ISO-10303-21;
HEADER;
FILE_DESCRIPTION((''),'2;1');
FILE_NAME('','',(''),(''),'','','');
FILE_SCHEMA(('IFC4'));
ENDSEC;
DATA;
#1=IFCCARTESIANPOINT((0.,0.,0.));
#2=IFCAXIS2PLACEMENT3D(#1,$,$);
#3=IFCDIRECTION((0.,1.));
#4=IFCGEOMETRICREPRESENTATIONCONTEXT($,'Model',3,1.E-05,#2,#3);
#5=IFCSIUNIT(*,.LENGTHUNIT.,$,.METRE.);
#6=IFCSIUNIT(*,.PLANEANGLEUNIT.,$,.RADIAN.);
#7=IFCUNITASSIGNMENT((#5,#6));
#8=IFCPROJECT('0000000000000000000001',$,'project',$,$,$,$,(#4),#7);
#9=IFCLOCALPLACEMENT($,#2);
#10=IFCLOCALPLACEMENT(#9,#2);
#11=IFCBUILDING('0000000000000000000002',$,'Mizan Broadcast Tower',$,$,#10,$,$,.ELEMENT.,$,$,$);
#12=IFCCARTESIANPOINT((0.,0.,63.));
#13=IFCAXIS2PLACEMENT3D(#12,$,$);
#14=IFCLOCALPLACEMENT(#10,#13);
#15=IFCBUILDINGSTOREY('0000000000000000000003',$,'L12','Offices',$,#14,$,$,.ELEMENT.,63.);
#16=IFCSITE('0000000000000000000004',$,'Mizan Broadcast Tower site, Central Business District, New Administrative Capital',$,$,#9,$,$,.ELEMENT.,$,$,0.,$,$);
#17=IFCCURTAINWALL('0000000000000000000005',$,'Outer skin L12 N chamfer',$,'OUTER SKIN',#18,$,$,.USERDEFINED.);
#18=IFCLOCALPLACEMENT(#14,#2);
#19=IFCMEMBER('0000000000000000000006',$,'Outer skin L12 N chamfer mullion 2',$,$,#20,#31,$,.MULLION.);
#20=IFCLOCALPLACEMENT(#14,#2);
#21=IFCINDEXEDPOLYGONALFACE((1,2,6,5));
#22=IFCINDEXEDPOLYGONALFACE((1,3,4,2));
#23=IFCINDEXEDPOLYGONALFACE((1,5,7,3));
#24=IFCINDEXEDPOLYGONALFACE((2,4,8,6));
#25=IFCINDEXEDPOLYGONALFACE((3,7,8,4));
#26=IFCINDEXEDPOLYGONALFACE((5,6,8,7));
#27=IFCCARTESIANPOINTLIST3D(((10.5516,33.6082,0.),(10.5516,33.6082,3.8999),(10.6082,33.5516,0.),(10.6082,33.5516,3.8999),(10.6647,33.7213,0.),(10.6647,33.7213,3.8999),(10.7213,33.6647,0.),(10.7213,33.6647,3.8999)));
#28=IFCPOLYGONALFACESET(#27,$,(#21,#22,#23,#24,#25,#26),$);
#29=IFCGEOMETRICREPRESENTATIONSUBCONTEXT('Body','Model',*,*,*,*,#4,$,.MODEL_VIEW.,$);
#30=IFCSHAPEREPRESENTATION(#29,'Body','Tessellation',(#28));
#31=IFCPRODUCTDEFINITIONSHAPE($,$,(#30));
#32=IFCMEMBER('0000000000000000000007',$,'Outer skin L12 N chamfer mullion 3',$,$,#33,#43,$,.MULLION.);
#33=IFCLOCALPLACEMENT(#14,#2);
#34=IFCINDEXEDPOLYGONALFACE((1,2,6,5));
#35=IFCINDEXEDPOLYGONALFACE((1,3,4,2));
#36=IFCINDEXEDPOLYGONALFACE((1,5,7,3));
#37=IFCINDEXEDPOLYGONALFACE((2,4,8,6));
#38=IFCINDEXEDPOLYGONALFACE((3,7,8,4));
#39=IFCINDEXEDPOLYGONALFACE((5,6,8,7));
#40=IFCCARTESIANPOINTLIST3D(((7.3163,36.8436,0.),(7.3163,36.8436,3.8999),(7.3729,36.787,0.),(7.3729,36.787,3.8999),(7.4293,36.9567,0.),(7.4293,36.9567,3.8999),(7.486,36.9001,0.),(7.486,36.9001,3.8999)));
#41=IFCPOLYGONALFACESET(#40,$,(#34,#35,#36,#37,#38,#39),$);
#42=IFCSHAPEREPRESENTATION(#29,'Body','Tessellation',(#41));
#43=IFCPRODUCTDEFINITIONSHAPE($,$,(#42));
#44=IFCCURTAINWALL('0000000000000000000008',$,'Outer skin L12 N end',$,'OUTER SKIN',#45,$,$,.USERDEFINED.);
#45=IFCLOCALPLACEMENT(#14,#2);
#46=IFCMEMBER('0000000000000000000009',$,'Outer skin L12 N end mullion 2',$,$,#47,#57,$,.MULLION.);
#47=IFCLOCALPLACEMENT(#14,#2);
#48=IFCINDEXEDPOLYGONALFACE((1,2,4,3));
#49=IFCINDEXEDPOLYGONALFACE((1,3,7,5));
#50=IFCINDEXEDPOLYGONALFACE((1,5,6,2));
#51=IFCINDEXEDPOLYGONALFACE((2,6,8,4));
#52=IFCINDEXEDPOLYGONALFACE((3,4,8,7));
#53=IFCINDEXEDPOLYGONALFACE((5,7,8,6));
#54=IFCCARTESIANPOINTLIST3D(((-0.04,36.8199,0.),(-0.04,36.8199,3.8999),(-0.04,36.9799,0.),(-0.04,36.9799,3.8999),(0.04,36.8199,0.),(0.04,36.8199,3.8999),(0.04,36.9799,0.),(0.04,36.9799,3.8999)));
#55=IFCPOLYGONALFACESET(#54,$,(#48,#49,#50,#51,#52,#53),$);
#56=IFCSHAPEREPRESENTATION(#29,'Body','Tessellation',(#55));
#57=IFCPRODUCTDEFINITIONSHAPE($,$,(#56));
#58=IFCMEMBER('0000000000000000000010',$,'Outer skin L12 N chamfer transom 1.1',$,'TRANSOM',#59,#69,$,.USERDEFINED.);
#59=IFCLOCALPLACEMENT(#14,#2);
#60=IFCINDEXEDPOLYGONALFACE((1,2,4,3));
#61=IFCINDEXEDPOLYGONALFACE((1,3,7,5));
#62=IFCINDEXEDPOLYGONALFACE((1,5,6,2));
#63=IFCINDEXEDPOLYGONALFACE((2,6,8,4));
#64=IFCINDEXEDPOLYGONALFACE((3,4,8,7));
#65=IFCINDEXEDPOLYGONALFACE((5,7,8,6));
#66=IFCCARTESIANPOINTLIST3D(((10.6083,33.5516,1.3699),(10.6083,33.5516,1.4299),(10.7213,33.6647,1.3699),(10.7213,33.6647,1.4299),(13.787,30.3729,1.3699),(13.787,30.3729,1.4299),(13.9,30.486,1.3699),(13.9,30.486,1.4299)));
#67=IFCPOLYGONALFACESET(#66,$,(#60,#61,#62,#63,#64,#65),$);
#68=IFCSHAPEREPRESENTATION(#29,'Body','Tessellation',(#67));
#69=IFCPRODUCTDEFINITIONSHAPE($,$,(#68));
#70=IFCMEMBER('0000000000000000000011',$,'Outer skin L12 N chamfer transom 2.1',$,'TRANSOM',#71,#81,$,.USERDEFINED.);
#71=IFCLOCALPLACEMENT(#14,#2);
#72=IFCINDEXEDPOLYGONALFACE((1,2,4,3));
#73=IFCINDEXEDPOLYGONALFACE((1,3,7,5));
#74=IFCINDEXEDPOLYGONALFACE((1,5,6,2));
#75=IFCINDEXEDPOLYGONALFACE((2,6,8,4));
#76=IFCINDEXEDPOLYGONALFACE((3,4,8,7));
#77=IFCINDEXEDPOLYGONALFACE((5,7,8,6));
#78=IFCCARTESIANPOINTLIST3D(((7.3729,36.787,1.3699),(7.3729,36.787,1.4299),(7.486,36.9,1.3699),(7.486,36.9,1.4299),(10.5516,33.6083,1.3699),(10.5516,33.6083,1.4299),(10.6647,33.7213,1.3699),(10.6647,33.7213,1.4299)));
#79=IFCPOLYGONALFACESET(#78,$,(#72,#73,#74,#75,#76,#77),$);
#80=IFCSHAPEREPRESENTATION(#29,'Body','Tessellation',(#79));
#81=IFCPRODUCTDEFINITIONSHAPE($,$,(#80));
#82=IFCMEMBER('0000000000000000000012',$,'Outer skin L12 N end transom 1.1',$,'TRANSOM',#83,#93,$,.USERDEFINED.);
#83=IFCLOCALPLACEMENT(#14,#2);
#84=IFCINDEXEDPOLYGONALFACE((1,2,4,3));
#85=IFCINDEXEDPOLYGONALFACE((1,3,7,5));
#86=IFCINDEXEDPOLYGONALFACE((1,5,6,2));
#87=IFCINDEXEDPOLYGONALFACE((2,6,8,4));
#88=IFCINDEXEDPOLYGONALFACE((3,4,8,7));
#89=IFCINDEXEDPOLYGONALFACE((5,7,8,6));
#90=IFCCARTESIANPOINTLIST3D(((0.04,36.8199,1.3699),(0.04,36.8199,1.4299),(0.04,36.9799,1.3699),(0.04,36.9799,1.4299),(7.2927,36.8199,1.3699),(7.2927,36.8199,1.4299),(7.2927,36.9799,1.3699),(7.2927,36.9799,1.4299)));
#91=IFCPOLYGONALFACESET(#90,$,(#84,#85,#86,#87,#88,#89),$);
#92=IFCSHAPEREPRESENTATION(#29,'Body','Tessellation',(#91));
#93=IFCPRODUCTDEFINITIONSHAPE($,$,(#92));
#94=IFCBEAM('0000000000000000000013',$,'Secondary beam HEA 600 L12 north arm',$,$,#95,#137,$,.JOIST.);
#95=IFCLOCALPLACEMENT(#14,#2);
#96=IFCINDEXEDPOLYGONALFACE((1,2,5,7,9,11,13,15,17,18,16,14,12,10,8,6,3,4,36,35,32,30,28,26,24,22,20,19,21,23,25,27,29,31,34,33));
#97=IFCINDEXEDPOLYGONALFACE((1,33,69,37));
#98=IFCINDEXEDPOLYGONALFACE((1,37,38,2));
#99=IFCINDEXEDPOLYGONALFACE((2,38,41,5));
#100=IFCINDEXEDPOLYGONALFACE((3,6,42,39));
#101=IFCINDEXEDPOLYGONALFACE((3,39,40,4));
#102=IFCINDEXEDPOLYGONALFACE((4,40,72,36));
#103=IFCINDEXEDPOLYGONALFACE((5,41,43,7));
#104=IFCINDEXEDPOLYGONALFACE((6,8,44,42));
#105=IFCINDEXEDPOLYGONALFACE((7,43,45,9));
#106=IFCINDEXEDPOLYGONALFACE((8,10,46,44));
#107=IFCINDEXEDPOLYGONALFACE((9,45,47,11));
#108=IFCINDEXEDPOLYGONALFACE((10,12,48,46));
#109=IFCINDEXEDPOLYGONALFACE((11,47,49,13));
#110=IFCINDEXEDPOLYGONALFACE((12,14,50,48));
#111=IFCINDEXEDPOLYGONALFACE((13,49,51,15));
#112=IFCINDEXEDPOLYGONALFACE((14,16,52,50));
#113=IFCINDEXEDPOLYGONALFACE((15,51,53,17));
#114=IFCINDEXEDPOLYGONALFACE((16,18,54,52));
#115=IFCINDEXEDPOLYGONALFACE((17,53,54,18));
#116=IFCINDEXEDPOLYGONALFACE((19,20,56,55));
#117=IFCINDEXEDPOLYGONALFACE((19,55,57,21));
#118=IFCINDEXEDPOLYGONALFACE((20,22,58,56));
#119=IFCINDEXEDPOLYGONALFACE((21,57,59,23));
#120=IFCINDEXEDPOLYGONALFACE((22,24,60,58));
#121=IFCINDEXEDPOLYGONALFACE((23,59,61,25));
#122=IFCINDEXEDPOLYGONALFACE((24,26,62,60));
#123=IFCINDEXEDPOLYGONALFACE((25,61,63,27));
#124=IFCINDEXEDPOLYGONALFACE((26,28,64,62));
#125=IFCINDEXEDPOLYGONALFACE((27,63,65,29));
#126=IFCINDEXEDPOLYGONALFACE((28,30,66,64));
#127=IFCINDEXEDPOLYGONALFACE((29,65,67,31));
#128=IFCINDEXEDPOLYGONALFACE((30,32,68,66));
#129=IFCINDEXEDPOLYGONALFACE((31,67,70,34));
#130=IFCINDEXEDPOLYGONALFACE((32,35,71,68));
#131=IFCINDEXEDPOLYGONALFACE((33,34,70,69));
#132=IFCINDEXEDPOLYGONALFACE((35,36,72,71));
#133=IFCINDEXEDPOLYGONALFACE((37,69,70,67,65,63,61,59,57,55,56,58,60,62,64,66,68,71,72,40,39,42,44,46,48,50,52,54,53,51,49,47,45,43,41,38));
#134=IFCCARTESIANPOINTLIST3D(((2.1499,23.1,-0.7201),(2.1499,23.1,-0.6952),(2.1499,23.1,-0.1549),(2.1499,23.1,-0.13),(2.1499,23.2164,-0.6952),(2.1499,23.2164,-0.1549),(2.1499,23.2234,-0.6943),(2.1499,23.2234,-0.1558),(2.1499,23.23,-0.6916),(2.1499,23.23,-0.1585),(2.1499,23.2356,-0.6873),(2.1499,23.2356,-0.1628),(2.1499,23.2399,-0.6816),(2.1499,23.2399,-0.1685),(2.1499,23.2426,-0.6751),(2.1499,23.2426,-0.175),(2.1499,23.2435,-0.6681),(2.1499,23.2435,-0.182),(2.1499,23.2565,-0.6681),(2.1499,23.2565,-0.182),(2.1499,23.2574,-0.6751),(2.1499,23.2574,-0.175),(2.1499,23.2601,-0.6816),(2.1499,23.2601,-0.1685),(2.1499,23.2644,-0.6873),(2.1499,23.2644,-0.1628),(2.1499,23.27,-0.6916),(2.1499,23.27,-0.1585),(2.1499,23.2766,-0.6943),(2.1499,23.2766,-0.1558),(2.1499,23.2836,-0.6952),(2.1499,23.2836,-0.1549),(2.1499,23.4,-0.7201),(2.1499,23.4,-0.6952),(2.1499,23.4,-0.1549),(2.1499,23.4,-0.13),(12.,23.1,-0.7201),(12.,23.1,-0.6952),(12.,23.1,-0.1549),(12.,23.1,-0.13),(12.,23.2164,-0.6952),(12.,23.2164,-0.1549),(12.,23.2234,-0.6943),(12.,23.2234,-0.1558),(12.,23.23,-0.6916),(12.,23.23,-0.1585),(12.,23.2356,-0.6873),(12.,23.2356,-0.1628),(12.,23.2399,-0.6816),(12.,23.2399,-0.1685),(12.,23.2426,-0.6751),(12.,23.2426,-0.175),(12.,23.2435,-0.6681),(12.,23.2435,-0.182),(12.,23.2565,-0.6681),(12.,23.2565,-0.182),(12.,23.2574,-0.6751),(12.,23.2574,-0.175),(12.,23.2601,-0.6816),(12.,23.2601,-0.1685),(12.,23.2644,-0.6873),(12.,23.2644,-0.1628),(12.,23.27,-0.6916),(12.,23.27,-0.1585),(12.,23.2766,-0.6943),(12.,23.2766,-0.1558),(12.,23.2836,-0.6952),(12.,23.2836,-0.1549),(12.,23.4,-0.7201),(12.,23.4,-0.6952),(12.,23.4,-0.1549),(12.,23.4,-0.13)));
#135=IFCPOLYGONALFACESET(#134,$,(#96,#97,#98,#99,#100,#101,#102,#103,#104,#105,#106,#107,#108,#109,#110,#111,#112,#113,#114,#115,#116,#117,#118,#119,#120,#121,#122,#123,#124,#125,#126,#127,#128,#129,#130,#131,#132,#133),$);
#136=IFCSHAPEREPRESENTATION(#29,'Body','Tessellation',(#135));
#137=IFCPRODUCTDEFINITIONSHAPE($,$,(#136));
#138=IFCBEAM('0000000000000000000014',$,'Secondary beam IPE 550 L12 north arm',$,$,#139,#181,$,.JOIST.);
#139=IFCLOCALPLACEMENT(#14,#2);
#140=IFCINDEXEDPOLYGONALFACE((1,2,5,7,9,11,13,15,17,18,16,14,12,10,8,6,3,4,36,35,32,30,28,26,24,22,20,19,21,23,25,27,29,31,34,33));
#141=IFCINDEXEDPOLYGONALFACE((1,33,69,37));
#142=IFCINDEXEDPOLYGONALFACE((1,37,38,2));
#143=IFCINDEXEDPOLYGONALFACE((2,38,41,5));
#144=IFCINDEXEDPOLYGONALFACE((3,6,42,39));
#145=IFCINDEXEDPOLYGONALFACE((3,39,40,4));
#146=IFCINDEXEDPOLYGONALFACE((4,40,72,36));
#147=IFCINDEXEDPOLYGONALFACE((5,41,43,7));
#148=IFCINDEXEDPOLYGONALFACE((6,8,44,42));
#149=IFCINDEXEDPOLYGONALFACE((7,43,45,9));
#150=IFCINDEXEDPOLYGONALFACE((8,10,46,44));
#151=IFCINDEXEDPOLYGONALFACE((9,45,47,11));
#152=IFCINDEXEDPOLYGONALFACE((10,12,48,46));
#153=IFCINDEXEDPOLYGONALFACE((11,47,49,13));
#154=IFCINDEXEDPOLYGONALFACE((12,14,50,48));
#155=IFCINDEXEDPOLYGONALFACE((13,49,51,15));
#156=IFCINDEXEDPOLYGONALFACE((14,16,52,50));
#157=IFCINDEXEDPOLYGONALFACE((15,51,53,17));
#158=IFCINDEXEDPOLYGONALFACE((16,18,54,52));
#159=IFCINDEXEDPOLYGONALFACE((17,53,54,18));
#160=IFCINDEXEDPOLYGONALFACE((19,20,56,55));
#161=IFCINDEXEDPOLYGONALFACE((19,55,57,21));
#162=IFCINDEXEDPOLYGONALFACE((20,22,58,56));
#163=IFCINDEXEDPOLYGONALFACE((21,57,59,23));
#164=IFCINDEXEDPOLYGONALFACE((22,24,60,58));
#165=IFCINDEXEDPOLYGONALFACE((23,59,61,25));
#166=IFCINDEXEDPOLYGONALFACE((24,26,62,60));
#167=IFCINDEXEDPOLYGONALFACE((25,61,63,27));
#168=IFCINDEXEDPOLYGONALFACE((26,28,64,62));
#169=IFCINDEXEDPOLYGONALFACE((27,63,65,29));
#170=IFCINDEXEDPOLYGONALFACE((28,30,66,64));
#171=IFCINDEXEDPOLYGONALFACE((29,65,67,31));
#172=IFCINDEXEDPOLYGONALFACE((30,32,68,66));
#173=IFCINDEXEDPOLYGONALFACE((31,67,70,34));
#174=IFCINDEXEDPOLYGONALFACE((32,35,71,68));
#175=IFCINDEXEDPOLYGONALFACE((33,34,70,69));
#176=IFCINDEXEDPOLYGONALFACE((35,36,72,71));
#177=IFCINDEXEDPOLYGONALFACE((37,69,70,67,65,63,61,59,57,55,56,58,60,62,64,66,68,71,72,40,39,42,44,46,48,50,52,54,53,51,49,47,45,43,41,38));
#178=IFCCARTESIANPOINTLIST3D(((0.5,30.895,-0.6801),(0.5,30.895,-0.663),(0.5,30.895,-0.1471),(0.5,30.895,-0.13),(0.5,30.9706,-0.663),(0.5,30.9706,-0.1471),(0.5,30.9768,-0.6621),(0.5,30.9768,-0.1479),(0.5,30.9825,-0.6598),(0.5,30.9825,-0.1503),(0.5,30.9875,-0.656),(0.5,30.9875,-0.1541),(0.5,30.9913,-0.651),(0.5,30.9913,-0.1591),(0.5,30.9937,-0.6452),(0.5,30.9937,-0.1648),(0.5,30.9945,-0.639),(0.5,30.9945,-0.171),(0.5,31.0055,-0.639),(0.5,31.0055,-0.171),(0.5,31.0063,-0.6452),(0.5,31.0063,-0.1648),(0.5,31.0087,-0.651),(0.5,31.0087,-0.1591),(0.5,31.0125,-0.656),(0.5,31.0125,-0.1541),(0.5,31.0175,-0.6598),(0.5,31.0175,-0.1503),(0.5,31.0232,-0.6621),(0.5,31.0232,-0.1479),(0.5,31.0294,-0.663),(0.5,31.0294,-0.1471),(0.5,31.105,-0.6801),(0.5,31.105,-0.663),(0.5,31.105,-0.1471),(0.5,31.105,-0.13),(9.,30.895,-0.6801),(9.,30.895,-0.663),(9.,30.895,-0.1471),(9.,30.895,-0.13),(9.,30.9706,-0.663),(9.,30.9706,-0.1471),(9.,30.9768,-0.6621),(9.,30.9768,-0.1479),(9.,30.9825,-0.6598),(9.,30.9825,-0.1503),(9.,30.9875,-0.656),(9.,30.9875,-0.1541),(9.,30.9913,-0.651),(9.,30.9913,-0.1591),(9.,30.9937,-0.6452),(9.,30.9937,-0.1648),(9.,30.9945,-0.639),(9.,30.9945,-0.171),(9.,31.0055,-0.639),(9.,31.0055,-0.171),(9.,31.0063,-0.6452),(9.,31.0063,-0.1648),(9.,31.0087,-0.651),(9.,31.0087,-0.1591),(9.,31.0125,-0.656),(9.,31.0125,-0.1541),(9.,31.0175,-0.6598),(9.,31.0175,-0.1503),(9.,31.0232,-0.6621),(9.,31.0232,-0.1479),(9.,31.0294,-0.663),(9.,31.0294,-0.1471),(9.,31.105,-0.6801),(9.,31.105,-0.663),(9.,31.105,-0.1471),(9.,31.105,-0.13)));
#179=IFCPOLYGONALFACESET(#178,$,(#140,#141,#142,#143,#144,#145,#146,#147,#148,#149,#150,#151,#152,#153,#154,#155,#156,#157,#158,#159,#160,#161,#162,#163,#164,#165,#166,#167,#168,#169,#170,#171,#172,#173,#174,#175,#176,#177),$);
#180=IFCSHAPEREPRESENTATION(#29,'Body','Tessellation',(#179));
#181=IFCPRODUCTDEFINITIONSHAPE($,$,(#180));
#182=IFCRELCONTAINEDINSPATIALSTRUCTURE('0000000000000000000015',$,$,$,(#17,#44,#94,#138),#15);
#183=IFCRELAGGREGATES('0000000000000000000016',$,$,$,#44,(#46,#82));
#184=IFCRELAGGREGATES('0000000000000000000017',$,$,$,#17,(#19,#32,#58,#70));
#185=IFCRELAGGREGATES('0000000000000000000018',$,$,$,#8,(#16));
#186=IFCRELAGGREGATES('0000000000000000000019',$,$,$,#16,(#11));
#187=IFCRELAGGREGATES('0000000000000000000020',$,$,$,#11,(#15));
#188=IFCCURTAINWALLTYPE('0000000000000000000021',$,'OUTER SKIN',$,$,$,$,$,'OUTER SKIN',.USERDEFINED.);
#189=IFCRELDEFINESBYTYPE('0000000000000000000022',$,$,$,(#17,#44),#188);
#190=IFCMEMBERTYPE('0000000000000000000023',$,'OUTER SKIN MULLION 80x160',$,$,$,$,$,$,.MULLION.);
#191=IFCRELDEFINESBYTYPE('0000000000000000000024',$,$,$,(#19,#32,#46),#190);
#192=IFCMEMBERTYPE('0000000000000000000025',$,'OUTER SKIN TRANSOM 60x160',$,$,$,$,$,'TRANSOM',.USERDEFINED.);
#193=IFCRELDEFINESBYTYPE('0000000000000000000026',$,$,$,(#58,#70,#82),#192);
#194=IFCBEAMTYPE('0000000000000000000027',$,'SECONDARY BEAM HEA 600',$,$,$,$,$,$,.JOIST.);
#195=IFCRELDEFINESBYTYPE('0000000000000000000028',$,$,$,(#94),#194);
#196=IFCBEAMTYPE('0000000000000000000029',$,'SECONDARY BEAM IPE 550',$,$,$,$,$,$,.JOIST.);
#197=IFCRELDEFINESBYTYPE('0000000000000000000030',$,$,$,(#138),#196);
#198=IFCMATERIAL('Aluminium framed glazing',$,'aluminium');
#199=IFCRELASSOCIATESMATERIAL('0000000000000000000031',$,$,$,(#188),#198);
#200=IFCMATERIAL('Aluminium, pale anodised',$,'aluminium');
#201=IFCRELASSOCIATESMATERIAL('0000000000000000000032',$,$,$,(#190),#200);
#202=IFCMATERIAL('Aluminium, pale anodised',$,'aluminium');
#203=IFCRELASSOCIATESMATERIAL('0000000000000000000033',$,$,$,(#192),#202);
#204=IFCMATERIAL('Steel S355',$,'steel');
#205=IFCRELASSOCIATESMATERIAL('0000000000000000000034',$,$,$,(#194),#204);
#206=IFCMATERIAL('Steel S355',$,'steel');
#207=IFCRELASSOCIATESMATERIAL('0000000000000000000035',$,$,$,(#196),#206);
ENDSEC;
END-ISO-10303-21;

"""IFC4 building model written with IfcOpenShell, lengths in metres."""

from ifc_helpers import new_model, si_unit, direction, frame, origin, origin_2d, place, context, subcontext, project, spatial, rectangle, i_section, extrude, material, material_profile, profile_set, type_object, element, aggregate, save


model = new_model("IFC4")

# Units and contexts
model_context = context("Model", 3, precision=1e-05, world=origin(), true_north=direction((0.0, 1.0)))
body_context = subcontext(model_context, "Body", "Model", "MODEL_VIEW")
ifc_project = project(units=[si_unit("LENGTHUNIT", "METRE"), si_unit("PLANEANGLEUNIT", "RADIAN")], contexts=[model_context])

# Site, building, storey
site_placement = place(None, origin())
site = spatial("IfcSite", under=ifc_project, at=site_placement, Name="Mizan Broadcast Tower site, Central Business District, New Administrative Capital", CompositionType="ELEMENT", RefElevation=0.0)
building_placement = place(site_placement, origin())
building = spatial("IfcBuilding", under=site, at=building_placement, Name="Mizan Broadcast Tower", CompositionType="ELEMENT")
storey_placement = place(building_placement, frame((0.0, 0.0, 63.0)))
storey = spatial("IfcBuildingStorey", under=building, at=storey_placement, Name="L12", Description="Offices", CompositionType="ELEMENT", Elevation=63.0)

# Curtain wall, members
ifc_material_1 = material(Name="Aluminium framed glazing", Category="aluminium")
curtain_wall_type_1 = type_object("IfcCurtainWallType", Name="OUTER SKIN", ElementType="OUTER SKIN", PredefinedType="USERDEFINED", material=ifc_material_1)
curtain_wall_1_placement = place(storey_placement, origin())
curtain_wall_1 = element("IfcCurtainWall", 1, at=curtain_wall_1_placement, inside=storey, type_object=curtain_wall_type_1, Name="Outer skin L12 N chamfer", ObjectType="OUTER SKIN", PredefinedType="USERDEFINED")
ifc_material_2 = material(Name="Aluminium, pale anodised", Category="aluminium")
ifc_material_profile_1 = material_profile(ifc_material_2, rectangle(XDim=0.1599, YDim=0.0801, at=origin_2d()), Name="MULLION 160x80")
ifc_profile_set_1 = profile_set([ifc_material_profile_1], Name="Aluminium, pale anodised")
member_type_1 = type_object("IfcMemberType", Name="OUTER SKIN MULLION 80x160", PredefinedType="MULLION", material=ifc_profile_set_1)
member_1_placement = place(storey_placement, frame((10.6365, 33.6365, 0.0), z_axis=(0.0, 0.0, 1.0), x_axis=(-0.707107, -0.707107, 0.0)))
member_1 = element("IfcMember", 2, at=member_1_placement, type_object=member_type_1, Name="Outer skin L12 N chamfer mullion 2", PredefinedType="MULLION", context=body_context, shape_type="SweptSolid", body=[
    extrude(rectangle(XDim=0.1599, YDim=0.0801, at=origin_2d()), origin(), (0.0, 0.0, 1.0), 3.8999),
])
member_2_placement = place(storey_placement, frame((7.4011, 36.8718, 0.0), z_axis=(0.0, 0.0, 1.0), x_axis=(-0.707107, -0.707107, 0.0)))
member_2 = element("IfcMember", 3, at=member_2_placement, type_object=member_type_1, Name="Outer skin L12 N chamfer mullion 3", PredefinedType="MULLION", context=body_context, shape_type="SweptSolid", body=[
    extrude(rectangle(XDim=0.1599, YDim=0.0801, at=origin_2d()), origin(), (0.0, 0.0, 1.0), 3.8999),
])

# Curtain wall, member
curtain_wall_2_placement = place(storey_placement, origin())
curtain_wall_2 = element("IfcCurtainWall", 4, at=curtain_wall_2_placement, inside=storey, type_object=curtain_wall_type_1, Name="Outer skin L12 N end", ObjectType="OUTER SKIN", PredefinedType="USERDEFINED")
member_3_placement = place(storey_placement, frame((0.0, 36.8999, 0.0), z_axis=(0.0, 0.0, 1.0), x_axis=(0.0, -1.0, 0.0)))
member_3 = element("IfcMember", 5, at=member_3_placement, type_object=member_type_1, Name="Outer skin L12 N end mullion 2", PredefinedType="MULLION", context=body_context, shape_type="SweptSolid", body=[
    extrude(rectangle(XDim=0.1599, YDim=0.0801, at=origin_2d()), origin(), (0.0, 0.0, 1.0), 3.8999),
])

# Members
ifc_material_3 = material(Name="Aluminium, pale anodised", Category="aluminium")
ifc_material_profile_2 = material_profile(ifc_material_3, rectangle(XDim=0.1599, YDim=0.0601, at=origin_2d()), Name="TRANSOM 160x60")
ifc_profile_set_2 = profile_set([ifc_material_profile_2], Name="Aluminium, pale anodised")
member_type_2 = type_object("IfcMemberType", Name="OUTER SKIN TRANSOM 60x160", ElementType="TRANSOM", PredefinedType="USERDEFINED", material=ifc_profile_set_2)
member_4_placement = place(storey_placement, frame((13.8435, 30.4294, 1.3999), z_axis=(-0.707107, 0.707107, 0.0), x_axis=(-0.707107, -0.707107, 0.0)))
member_4 = element("IfcMember", 6, at=member_4_placement, type_object=member_type_2, Name="Outer skin L12 N chamfer transom 1.1", ObjectType="TRANSOM", PredefinedType="USERDEFINED", context=body_context, shape_type="SweptSolid", body=[
    extrude(rectangle(XDim=0.1599, YDim=0.0601, at=origin_2d()), origin(), (0.0, 0.0, 1.0), 4.4954),
])
member_5_placement = place(storey_placement, frame((10.6082, 33.6648, 1.3999), z_axis=(-0.707107, 0.707107, 0.0), x_axis=(-0.707107, -0.707107, 0.0)))
member_5 = element("IfcMember", 7, at=member_5_placement, type_object=member_type_2, Name="Outer skin L12 N chamfer transom 2.1", ObjectType="TRANSOM", PredefinedType="USERDEFINED", context=body_context, shape_type="SweptSolid", body=[
    extrude(rectangle(XDim=0.1599, YDim=0.0601, at=origin_2d()), origin(), (0.0, 0.0, 1.0), 4.4954),
])
member_6_placement = place(storey_placement, frame((7.2927, 36.8999, 1.3999), z_axis=(-1.0, 0.0, 0.0), x_axis=(0.0, -1.0, 0.0)))
member_6 = element("IfcMember", 8, at=member_6_placement, type_object=member_type_2, Name="Outer skin L12 N end transom 1.1", ObjectType="TRANSOM", PredefinedType="USERDEFINED", context=body_context, shape_type="SweptSolid", body=[
    extrude(rectangle(XDim=0.1599, YDim=0.0601, at=origin_2d()), origin(), (0.0, 0.0, 1.0), 7.2527),
])

# Beams
ifc_material_4 = material(Name="Steel S355", Category="steel")
ifc_material_profile_3 = material_profile(ifc_material_4, i_section(OverallWidth=0.3, OverallDepth=0.5901, WebThickness=0.0129, FlangeThickness=0.0249, FilletRadius=0.0271, at=origin_2d()), Name="HEA 600")
ifc_profile_set_3 = profile_set([ifc_material_profile_3], Name="Steel S355")
beam_type_1 = type_object("IfcBeamType", Name="SECONDARY BEAM HEA 600", PredefinedType="JOIST", material=ifc_profile_set_3)
beam_1_placement = place(storey_placement, frame((12.0, 23.25, -0.425), z_axis=(-1.0, 0.0, 0.0), x_axis=(0.0, -1.0, 0.0)))
element("IfcBeam", 9, at=beam_1_placement, inside=storey, type_object=beam_type_1, Name="Secondary beam HEA 600 L12 north arm", PredefinedType="JOIST", context=body_context, shape_type="SweptSolid", body=[
    extrude(i_section(OverallWidth=0.3, OverallDepth=0.5901, WebThickness=0.0129, FlangeThickness=0.0249, FilletRadius=0.0271, at=origin_2d()), origin(), (0.0, 0.0, 1.0), 9.8501),
])
ifc_material_5 = material(Name="Steel S355", Category="steel")
ifc_material_profile_4 = material_profile(ifc_material_5, i_section(OverallWidth=0.21, OverallDepth=0.55, WebThickness=0.011, FlangeThickness=0.0171, FilletRadius=0.0239, at=origin_2d()), Name="IPE 550")
ifc_profile_set_4 = profile_set([ifc_material_profile_4], Name="Steel S355")
beam_type_2 = type_object("IfcBeamType", Name="SECONDARY BEAM IPE 550", PredefinedType="JOIST", material=ifc_profile_set_4)
beam_2_placement = place(storey_placement, frame((9.0, 31.0, -0.405), z_axis=(-1.0, 0.0, 0.0), x_axis=(0.0, -1.0, 0.0)))
element("IfcBeam", 10, at=beam_2_placement, inside=storey, type_object=beam_type_2, Name="Secondary beam IPE 550 L12 north arm", PredefinedType="JOIST", context=body_context, shape_type="SweptSolid", body=[
    extrude(i_section(OverallWidth=0.21, OverallDepth=0.55, WebThickness=0.011, FlangeThickness=0.0171, FilletRadius=0.0239, at=origin_2d()), origin(), (0.0, 0.0, 1.0), 8.5),
])

aggregate(curtain_wall_2, [member_3, member_6])
aggregate(curtain_wall_1, [member_1, member_2, member_4, member_5])

save(model, "model.ifc")
